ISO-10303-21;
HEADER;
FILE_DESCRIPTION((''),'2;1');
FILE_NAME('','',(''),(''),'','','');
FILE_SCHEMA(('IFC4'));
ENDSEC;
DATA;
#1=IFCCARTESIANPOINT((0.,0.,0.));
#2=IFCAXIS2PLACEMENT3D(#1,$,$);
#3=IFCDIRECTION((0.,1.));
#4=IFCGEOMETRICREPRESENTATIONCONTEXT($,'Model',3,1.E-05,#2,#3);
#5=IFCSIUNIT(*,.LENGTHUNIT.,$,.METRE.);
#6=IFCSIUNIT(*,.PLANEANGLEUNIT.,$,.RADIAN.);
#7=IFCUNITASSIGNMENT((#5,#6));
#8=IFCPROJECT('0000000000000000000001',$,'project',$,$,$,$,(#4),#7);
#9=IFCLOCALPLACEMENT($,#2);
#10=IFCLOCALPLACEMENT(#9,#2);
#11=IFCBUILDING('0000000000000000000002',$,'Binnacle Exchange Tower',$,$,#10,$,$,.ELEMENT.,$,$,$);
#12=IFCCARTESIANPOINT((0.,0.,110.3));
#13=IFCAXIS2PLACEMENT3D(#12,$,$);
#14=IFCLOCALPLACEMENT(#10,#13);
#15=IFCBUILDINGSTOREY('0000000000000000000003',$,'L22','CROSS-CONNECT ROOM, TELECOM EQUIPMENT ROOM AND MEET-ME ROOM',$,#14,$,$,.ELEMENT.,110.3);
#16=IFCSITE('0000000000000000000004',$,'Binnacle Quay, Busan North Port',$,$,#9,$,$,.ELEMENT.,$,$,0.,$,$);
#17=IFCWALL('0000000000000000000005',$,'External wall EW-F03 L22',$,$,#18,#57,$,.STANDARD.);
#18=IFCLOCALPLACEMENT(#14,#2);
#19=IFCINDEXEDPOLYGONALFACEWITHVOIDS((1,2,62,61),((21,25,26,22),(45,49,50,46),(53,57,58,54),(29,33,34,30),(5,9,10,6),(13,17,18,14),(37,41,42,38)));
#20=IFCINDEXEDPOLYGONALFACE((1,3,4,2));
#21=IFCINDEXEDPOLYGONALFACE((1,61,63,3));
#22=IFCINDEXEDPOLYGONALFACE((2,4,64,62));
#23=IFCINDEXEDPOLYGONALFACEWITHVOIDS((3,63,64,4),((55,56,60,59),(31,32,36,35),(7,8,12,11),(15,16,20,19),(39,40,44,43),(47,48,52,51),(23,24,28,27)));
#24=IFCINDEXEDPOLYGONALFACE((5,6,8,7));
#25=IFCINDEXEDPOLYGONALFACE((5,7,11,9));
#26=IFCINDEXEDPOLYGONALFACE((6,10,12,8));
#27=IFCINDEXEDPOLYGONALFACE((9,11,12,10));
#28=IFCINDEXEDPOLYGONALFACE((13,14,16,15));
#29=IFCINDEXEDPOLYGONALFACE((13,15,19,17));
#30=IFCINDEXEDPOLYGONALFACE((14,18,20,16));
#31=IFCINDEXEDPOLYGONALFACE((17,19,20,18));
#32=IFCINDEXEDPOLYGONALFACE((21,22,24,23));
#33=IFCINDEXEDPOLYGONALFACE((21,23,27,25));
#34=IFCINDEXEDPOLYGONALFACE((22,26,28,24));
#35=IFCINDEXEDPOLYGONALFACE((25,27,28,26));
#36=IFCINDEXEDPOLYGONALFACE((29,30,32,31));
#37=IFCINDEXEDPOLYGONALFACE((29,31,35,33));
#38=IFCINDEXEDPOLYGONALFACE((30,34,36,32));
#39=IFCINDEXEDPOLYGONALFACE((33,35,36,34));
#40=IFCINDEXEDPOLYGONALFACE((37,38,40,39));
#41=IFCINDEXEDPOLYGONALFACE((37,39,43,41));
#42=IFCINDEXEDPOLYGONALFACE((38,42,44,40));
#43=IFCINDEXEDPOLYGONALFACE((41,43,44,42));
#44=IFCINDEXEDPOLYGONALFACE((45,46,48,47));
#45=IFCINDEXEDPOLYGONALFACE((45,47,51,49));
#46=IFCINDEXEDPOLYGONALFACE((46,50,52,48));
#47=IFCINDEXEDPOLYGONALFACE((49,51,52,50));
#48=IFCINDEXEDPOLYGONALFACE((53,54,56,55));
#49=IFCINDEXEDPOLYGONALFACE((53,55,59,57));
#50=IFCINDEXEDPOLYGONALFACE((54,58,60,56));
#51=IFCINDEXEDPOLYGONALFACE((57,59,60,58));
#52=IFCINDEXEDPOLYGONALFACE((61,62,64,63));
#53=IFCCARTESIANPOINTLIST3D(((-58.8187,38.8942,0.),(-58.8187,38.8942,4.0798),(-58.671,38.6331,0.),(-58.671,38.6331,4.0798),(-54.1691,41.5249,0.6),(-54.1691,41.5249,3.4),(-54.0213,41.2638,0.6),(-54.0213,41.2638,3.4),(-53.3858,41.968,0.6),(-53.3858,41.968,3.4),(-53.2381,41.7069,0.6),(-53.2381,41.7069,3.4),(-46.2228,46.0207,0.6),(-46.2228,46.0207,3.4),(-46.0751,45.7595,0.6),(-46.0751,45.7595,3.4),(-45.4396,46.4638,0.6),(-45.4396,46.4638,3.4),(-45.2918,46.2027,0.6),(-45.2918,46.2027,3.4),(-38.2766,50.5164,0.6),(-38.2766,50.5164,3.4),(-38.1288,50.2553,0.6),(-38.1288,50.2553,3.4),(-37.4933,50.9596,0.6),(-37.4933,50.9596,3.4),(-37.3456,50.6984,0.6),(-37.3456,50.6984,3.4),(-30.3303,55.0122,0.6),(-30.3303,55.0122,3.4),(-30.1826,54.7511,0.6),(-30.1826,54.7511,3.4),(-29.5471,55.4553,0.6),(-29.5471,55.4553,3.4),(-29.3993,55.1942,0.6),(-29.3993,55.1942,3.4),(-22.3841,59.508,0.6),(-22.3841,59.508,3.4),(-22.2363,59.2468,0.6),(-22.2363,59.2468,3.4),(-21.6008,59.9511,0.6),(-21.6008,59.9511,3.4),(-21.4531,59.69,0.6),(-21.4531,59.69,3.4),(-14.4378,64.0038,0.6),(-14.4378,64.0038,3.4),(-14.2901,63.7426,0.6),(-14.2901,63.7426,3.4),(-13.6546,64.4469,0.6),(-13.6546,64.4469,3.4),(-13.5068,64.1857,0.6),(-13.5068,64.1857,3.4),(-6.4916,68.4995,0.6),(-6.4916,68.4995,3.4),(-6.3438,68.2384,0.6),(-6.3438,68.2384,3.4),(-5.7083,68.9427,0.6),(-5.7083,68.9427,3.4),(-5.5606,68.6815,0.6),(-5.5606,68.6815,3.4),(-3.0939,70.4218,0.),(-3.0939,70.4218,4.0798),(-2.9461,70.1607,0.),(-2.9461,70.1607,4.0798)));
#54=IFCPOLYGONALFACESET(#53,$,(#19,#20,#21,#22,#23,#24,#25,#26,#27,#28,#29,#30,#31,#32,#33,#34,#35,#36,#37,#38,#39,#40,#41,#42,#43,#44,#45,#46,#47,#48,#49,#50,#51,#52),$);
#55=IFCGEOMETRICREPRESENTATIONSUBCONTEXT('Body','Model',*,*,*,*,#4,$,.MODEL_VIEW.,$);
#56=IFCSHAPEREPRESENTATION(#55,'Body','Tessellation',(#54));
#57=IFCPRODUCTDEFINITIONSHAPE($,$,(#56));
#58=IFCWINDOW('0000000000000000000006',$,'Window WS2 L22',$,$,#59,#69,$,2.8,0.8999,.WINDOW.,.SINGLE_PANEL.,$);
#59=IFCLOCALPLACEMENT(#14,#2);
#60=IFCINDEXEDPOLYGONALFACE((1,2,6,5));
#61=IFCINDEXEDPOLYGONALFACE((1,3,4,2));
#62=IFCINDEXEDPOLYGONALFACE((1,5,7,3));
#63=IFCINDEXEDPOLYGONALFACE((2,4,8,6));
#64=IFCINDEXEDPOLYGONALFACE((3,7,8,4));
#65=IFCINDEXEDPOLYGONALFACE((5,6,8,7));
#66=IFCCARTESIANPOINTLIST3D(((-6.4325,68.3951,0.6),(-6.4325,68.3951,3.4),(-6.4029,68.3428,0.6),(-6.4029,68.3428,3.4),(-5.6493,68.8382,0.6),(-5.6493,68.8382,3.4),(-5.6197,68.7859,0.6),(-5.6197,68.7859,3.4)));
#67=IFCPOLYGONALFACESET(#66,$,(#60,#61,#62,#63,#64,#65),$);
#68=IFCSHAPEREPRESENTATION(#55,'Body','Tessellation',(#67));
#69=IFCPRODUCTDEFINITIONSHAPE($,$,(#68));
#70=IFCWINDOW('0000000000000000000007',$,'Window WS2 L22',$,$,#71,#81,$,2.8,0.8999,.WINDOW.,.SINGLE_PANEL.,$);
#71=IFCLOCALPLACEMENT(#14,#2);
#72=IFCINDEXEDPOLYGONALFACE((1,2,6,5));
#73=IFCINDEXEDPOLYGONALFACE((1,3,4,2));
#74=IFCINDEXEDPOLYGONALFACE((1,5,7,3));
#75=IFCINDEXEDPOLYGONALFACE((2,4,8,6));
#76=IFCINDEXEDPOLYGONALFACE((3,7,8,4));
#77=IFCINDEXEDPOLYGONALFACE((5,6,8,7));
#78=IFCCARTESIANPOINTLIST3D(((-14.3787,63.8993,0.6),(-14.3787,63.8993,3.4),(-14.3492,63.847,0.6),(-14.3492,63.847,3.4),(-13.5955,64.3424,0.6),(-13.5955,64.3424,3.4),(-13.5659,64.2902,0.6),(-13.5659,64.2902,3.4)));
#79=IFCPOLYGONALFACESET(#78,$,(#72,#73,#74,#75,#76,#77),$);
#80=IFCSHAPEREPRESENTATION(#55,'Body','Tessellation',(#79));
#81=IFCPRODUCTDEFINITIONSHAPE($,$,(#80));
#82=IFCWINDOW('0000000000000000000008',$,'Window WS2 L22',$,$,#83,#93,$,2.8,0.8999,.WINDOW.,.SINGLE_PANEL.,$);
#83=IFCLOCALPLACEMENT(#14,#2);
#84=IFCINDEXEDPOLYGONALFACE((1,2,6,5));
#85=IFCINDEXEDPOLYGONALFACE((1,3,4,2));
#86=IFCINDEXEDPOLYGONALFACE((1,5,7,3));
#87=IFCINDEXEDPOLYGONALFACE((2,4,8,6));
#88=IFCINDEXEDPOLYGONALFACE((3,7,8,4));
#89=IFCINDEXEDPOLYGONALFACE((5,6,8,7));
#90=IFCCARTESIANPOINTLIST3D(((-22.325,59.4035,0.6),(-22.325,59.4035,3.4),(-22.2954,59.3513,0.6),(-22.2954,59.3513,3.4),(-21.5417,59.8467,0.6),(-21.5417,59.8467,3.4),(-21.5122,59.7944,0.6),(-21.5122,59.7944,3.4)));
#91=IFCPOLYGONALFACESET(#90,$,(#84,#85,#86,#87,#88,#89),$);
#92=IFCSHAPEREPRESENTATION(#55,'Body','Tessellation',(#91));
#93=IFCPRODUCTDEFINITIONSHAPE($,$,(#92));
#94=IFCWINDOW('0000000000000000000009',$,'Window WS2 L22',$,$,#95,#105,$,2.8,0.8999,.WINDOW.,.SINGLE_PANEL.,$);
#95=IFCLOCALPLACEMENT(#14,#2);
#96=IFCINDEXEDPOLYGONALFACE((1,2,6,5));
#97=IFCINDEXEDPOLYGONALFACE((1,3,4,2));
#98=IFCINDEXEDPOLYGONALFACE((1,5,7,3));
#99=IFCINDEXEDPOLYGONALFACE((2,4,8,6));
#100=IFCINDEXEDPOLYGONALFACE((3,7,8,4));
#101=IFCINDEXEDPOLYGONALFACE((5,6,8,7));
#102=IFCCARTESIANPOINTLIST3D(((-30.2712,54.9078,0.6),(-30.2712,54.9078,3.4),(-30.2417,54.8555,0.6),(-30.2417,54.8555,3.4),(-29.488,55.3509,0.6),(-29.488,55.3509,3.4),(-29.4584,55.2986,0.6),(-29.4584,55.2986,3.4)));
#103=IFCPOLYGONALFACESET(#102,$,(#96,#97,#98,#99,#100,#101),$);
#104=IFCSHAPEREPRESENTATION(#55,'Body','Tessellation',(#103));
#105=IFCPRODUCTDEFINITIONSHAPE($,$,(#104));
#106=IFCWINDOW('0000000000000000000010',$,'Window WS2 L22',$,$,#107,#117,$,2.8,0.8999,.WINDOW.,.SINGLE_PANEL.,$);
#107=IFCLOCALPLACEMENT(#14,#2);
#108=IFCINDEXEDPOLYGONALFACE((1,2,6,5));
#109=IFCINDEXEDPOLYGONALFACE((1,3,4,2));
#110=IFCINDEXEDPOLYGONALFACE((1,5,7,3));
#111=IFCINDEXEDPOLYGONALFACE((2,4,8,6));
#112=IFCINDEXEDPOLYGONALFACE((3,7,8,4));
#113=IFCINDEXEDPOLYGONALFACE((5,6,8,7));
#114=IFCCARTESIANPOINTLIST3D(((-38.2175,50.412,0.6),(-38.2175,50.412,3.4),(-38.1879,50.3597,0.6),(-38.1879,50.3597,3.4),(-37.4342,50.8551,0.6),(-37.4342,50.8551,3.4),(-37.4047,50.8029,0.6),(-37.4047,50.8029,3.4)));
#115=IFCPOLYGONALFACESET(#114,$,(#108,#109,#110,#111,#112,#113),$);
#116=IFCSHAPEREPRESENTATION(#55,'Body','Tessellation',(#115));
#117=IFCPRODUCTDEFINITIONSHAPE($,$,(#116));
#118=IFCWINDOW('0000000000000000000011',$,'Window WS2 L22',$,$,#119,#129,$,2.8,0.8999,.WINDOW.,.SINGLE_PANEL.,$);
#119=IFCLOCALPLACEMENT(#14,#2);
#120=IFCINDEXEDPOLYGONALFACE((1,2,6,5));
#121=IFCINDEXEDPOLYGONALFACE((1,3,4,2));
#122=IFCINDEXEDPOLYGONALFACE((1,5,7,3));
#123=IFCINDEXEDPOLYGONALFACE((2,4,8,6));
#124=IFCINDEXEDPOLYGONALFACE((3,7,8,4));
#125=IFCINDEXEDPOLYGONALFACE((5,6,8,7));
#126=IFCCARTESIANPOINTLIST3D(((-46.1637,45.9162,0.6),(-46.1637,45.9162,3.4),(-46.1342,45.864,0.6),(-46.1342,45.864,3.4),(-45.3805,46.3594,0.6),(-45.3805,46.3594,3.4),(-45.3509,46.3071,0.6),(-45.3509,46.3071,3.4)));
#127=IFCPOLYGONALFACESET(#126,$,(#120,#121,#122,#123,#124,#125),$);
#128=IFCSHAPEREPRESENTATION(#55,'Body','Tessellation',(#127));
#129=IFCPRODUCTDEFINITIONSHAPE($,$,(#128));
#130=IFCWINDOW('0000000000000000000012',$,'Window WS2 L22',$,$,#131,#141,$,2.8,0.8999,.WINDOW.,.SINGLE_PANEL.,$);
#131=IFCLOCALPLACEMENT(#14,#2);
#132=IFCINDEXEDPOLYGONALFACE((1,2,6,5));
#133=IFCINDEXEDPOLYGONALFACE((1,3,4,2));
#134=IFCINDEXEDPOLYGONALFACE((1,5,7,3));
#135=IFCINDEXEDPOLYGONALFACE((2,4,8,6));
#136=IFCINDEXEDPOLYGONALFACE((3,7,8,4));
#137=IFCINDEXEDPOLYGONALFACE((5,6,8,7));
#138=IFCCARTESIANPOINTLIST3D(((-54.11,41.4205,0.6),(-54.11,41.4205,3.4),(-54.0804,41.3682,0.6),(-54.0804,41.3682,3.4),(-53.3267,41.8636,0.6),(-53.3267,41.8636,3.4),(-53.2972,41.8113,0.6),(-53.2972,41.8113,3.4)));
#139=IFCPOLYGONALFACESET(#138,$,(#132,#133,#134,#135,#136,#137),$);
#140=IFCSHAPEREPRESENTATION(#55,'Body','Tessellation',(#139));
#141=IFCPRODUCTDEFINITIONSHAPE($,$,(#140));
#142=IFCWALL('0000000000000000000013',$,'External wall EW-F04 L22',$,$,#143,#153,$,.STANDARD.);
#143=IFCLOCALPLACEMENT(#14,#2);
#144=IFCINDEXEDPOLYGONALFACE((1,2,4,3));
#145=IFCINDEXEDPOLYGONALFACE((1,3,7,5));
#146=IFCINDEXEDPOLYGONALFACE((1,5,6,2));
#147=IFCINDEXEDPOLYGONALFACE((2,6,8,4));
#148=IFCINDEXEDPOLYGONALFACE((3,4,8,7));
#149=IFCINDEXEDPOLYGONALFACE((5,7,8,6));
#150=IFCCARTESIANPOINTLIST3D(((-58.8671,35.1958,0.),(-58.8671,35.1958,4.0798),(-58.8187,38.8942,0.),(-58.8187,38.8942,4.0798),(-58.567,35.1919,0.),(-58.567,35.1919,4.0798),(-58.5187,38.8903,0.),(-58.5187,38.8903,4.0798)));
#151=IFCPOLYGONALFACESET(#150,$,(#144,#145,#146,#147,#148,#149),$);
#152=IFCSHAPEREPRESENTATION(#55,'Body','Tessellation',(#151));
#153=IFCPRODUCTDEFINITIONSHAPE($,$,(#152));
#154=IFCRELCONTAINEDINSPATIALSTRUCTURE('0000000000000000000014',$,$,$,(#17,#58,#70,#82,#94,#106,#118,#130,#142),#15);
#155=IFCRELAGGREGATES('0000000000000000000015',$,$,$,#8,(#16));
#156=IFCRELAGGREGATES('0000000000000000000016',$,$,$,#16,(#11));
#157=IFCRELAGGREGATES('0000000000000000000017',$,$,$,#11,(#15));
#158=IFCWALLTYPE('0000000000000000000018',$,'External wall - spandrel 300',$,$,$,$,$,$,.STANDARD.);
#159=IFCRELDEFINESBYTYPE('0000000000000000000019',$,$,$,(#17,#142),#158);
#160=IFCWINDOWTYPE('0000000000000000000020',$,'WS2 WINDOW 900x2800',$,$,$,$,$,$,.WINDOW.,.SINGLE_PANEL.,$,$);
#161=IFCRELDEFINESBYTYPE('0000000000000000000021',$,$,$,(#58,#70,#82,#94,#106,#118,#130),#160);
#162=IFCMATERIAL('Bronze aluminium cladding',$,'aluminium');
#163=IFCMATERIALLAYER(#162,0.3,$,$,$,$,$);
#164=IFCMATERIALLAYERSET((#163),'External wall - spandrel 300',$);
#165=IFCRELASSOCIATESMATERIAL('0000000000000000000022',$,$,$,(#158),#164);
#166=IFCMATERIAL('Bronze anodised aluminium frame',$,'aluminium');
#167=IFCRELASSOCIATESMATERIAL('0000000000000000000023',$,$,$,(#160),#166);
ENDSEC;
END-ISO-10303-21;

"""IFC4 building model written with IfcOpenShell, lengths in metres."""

from ifc_helpers import new_model, si_unit, direction, frame, frame_2d, origin, place, context, subcontext, project, spatial, rectangle, extrude, material, layer, layer_set, type_object, element, fill, save


model = new_model("IFC4")

# Units and contexts
model_context = context("Model", 3, precision=1e-05, world=origin(), true_north=direction((0.0, 1.0)))
body_context = subcontext(model_context, "Body", "Model", "MODEL_VIEW")
ifc_project = project(units=[si_unit("LENGTHUNIT", "METRE"), si_unit("PLANEANGLEUNIT", "RADIAN")], contexts=[model_context])

# Site, building, storey
site_placement = place(None, origin())
site = spatial("IfcSite", under=ifc_project, at=site_placement, Name="Binnacle Quay, Busan North Port", CompositionType="ELEMENT", RefElevation=0.0)
building_placement = place(site_placement, origin())
building = spatial("IfcBuilding", under=site, at=building_placement, Name="Binnacle Exchange Tower", CompositionType="ELEMENT")
storey_placement = place(building_placement, frame((0.0, 0.0, 110.3)))
storey = spatial("IfcBuildingStorey", under=building, at=storey_placement, Name="L22", Description="CROSS-CONNECT ROOM, TELECOM EQUIPMENT ROOM AND MEET-ME ROOM", CompositionType="ELEMENT", Elevation=110.3)

# Wall, openings, windows
ifc_material_1 = material(Name="Bronze aluminium cladding", Category="aluminium")
ifc_layer_1 = layer(ifc_material_1, 0.3)
ifc_layer_set_1 = layer_set([ifc_layer_1], Name="External wall - spandrel 300")
wall_type_1 = type_object("IfcWallType", Name="External wall - spandrel 300", PredefinedType="STANDARD", material=ifc_layer_set_1)
wall_1_placement = place(storey_placement, frame((-58.7449, 38.7637, 0.0), z_axis=(0.0, 0.0, 1.0), x_axis=(0.870356, 0.492423, 0.0)))
wall_1 = element("IfcWall", 1, at=wall_1_placement, inside=storey, type_object=wall_type_1, Name="External wall EW-F03 L22", PredefinedType="STANDARD", context=body_context, shape_type="SweptSolid", body=[
    extrude(rectangle(XDim=64.0254, YDim=0.3, at=frame_2d((32.0127, 0.0))), origin(), (0.0, 0.0, 1.0), 4.0798),
])
opening_1_placement = place(wall_1_placement, frame((60.1216, 0.0, 0.6001)))
opening_1 = element("IfcOpeningElement", 2, at=opening_1_placement, cuts=wall_1, PredefinedType="OPENING", context=body_context, shape_type="SweptSolid", body=[
    extrude(rectangle(XDim=0.8999, YDim=2.8, at=frame_2d((0.45, 1.3999))), frame((0.0, 0.1599, 0.0), z_axis=(0.0, -1.0, 0.0), x_axis=(1.0, 0.0, 0.0)), (0.0, 0.0, 1.0), 0.3201),
])
opening_2_placement = place(wall_1_placement, frame((50.9917, 0.0, 0.6001)))
opening_2 = element("IfcOpeningElement", 3, at=opening_2_placement, cuts=wall_1, PredefinedType="OPENING", context=body_context, shape_type="SweptSolid", body=[
    extrude(rectangle(XDim=0.8999, YDim=2.8, at=frame_2d((0.45, 1.3999))), frame((0.0, 0.1599, 0.0), z_axis=(0.0, -1.0, 0.0), x_axis=(1.0, 0.0, 0.0)), (0.0, 0.0, 1.0), 0.3201),
])
opening_3_placement = place(wall_1_placement, frame((41.8618, 0.0, 0.6001)))
opening_3 = element("IfcOpeningElement", 4, at=opening_3_placement, cuts=wall_1, PredefinedType="OPENING", context=body_context, shape_type="SweptSolid", body=[
    extrude(rectangle(XDim=0.8999, YDim=2.8, at=frame_2d((0.45, 1.3999))), frame((0.0, 0.1599, 0.0), z_axis=(0.0, -1.0, 0.0), x_axis=(1.0, 0.0, 0.0)), (0.0, 0.0, 1.0), 0.3201),
])
opening_4_placement = place(wall_1_placement, frame((32.7319, 0.0, 0.6001)))
opening_4 = element("IfcOpeningElement", 5, at=opening_4_placement, cuts=wall_1, PredefinedType="OPENING", context=body_context, shape_type="SweptSolid", body=[
    extrude(rectangle(XDim=0.8999, YDim=2.8, at=frame_2d((0.45, 1.3999))), frame((0.0, 0.1599, 0.0), z_axis=(0.0, -1.0, 0.0), x_axis=(1.0, 0.0, 0.0)), (0.0, 0.0, 1.0), 0.3201),
])
opening_5_placement = place(wall_1_placement, frame((23.6021, 0.0, 0.6001)))
opening_5 = element("IfcOpeningElement", 6, at=opening_5_placement, cuts=wall_1, PredefinedType="OPENING", context=body_context, shape_type="SweptSolid", body=[
    extrude(rectangle(XDim=0.8999, YDim=2.8, at=frame_2d((0.45, 1.3999))), frame((0.0, 0.1599, 0.0), z_axis=(0.0, -1.0, 0.0), x_axis=(1.0, 0.0, 0.0)), (0.0, 0.0, 1.0), 0.3201),
])
opening_6_placement = place(wall_1_placement, frame((14.4722, 0.0, 0.6001)))
opening_6 = element("IfcOpeningElement", 7, at=opening_6_placement, cuts=wall_1, PredefinedType="OPENING", context=body_context, shape_type="SweptSolid", body=[
    extrude(rectangle(XDim=0.8999, YDim=2.8, at=frame_2d((0.45, 1.3999))), frame((0.0, 0.1599, 0.0), z_axis=(0.0, -1.0, 0.0), x_axis=(1.0, 0.0, 0.0)), (0.0, 0.0, 1.0), 0.3201),
])
opening_7_placement = place(wall_1_placement, frame((5.3423, 0.0, 0.6001)))
opening_7 = element("IfcOpeningElement", 8, at=opening_7_placement, cuts=wall_1, PredefinedType="OPENING", context=body_context, shape_type="SweptSolid", body=[
    extrude(rectangle(XDim=0.8999, YDim=2.8, at=frame_2d((0.45, 1.3999))), frame((0.0, 0.1599, 0.0), z_axis=(0.0, -1.0, 0.0), x_axis=(1.0, 0.0, 0.0)), (0.0, 0.0, 1.0), 0.3201),
])
ifc_material_2 = material(Name="Bronze anodised aluminium frame", Category="aluminium")
window_type = type_object("IfcWindowType", Name="WS2 WINDOW 900x2800", PartitioningType="SINGLE_PANEL", PredefinedType="WINDOW", material=ifc_material_2)
window_1_placement = place(opening_1_placement, origin())
window_1 = element("IfcWindow", 9, at=window_1_placement, inside=storey, type_object=window_type, Name="Window WS2 L22", OverallHeight=2.8, OverallWidth=0.8999, PartitioningType="SINGLE_PANEL", PredefinedType="WINDOW", context=body_context, shape_type="SweptSolid", body=[
    extrude(rectangle(XDim=0.8999, YDim=2.8, at=frame_2d((0.45, 1.3999))), frame((0.0, 0.03, 0.0), z_axis=(0.0, -1.0, 0.0), x_axis=(1.0, 0.0, 0.0)), (0.0, 0.0, 1.0), 0.0601),
])
fill(opening_1, window_1)
window_2_placement = place(opening_2_placement, origin())
window_2 = element("IfcWindow", 10, at=window_2_placement, inside=storey, type_object=window_type, Name="Window WS2 L22", OverallHeight=2.8, OverallWidth=0.8999, PartitioningType="SINGLE_PANEL", PredefinedType="WINDOW", context=body_context, shape_type="SweptSolid", body=[
    extrude(rectangle(XDim=0.8999, YDim=2.8, at=frame_2d((0.45, 1.3999))), frame((0.0, 0.03, 0.0), z_axis=(0.0, -1.0, 0.0), x_axis=(1.0, 0.0, 0.0)), (0.0, 0.0, 1.0), 0.0601),
])
fill(opening_2, window_2)
window_3_placement = place(opening_3_placement, origin())
window_3 = element("IfcWindow", 11, at=window_3_placement, inside=storey, type_object=window_type, Name="Window WS2 L22", OverallHeight=2.8, OverallWidth=0.8999, PartitioningType="SINGLE_PANEL", PredefinedType="WINDOW", context=body_context, shape_type="SweptSolid", body=[
    extrude(rectangle(XDim=0.8999, YDim=2.8, at=frame_2d((0.45, 1.3999))), frame((0.0, 0.03, 0.0), z_axis=(0.0, -1.0, 0.0), x_axis=(1.0, 0.0, 0.0)), (0.0, 0.0, 1.0), 0.0601),
])
fill(opening_3, window_3)
window_4_placement = place(opening_4_placement, origin())
window_4 = element("IfcWindow", 12, at=window_4_placement, inside=storey, type_object=window_type, Name="Window WS2 L22", OverallHeight=2.8, OverallWidth=0.8999, PartitioningType="SINGLE_PANEL", PredefinedType="WINDOW", context=body_context, shape_type="SweptSolid", body=[
    extrude(rectangle(XDim=0.8999, YDim=2.8, at=frame_2d((0.45, 1.3999))), frame((0.0, 0.03, 0.0), z_axis=(0.0, -1.0, 0.0), x_axis=(1.0, 0.0, 0.0)), (0.0, 0.0, 1.0), 0.0601),
])
fill(opening_4, window_4)
window_5_placement = place(opening_5_placement, origin())
window_5 = element("IfcWindow", 13, at=window_5_placement, inside=storey, type_object=window_type, Name="Window WS2 L22", OverallHeight=2.8, OverallWidth=0.8999, PartitioningType="SINGLE_PANEL", PredefinedType="WINDOW", context=body_context, shape_type="SweptSolid", body=[
    extrude(rectangle(XDim=0.8999, YDim=2.8, at=frame_2d((0.45, 1.3999))), frame((0.0, 0.03, 0.0), z_axis=(0.0, -1.0, 0.0), x_axis=(1.0, 0.0, 0.0)), (0.0, 0.0, 1.0), 0.0601),
])
fill(opening_5, window_5)
window_6_placement = place(opening_6_placement, origin())
window_6 = element("IfcWindow", 14, at=window_6_placement, inside=storey, type_object=window_type, Name="Window WS2 L22", OverallHeight=2.8, OverallWidth=0.8999, PartitioningType="SINGLE_PANEL", PredefinedType="WINDOW", context=body_context, shape_type="SweptSolid", body=[
    extrude(rectangle(XDim=0.8999, YDim=2.8, at=frame_2d((0.45, 1.3999))), frame((0.0, 0.03, 0.0), z_axis=(0.0, -1.0, 0.0), x_axis=(1.0, 0.0, 0.0)), (0.0, 0.0, 1.0), 0.0601),
])
fill(opening_6, window_6)
window_7_placement = place(opening_7_placement, origin())
window_7 = element("IfcWindow", 15, at=window_7_placement, inside=storey, type_object=window_type, Name="Window WS2 L22", OverallHeight=2.8, OverallWidth=0.8999, PartitioningType="SINGLE_PANEL", PredefinedType="WINDOW", context=body_context, shape_type="SweptSolid", body=[
    extrude(rectangle(XDim=0.8999, YDim=2.8, at=frame_2d((0.45, 1.3999))), frame((0.0, 0.03, 0.0), z_axis=(0.0, -1.0, 0.0), x_axis=(1.0, 0.0, 0.0)), (0.0, 0.0, 1.0), 0.0601),
])
fill(opening_7, window_7)

# Wall
wall_2_placement = place(storey_placement, frame((-58.717, 35.1938, 0.0), z_axis=(0.0, 0.0, 1.0), x_axis=(0.013069, 0.999915, 0.0)))
element("IfcWall", 16, at=wall_2_placement, inside=storey, type_object=wall_type_1, Name="External wall EW-F04 L22", PredefinedType="STANDARD", context=body_context, shape_type="SweptSolid", body=[
    extrude(rectangle(XDim=3.6987, YDim=0.3, at=frame_2d((1.8494, 0.0))), origin(), (0.0, 0.0, 1.0), 4.0798),
])

save(model, "model.ifc")
